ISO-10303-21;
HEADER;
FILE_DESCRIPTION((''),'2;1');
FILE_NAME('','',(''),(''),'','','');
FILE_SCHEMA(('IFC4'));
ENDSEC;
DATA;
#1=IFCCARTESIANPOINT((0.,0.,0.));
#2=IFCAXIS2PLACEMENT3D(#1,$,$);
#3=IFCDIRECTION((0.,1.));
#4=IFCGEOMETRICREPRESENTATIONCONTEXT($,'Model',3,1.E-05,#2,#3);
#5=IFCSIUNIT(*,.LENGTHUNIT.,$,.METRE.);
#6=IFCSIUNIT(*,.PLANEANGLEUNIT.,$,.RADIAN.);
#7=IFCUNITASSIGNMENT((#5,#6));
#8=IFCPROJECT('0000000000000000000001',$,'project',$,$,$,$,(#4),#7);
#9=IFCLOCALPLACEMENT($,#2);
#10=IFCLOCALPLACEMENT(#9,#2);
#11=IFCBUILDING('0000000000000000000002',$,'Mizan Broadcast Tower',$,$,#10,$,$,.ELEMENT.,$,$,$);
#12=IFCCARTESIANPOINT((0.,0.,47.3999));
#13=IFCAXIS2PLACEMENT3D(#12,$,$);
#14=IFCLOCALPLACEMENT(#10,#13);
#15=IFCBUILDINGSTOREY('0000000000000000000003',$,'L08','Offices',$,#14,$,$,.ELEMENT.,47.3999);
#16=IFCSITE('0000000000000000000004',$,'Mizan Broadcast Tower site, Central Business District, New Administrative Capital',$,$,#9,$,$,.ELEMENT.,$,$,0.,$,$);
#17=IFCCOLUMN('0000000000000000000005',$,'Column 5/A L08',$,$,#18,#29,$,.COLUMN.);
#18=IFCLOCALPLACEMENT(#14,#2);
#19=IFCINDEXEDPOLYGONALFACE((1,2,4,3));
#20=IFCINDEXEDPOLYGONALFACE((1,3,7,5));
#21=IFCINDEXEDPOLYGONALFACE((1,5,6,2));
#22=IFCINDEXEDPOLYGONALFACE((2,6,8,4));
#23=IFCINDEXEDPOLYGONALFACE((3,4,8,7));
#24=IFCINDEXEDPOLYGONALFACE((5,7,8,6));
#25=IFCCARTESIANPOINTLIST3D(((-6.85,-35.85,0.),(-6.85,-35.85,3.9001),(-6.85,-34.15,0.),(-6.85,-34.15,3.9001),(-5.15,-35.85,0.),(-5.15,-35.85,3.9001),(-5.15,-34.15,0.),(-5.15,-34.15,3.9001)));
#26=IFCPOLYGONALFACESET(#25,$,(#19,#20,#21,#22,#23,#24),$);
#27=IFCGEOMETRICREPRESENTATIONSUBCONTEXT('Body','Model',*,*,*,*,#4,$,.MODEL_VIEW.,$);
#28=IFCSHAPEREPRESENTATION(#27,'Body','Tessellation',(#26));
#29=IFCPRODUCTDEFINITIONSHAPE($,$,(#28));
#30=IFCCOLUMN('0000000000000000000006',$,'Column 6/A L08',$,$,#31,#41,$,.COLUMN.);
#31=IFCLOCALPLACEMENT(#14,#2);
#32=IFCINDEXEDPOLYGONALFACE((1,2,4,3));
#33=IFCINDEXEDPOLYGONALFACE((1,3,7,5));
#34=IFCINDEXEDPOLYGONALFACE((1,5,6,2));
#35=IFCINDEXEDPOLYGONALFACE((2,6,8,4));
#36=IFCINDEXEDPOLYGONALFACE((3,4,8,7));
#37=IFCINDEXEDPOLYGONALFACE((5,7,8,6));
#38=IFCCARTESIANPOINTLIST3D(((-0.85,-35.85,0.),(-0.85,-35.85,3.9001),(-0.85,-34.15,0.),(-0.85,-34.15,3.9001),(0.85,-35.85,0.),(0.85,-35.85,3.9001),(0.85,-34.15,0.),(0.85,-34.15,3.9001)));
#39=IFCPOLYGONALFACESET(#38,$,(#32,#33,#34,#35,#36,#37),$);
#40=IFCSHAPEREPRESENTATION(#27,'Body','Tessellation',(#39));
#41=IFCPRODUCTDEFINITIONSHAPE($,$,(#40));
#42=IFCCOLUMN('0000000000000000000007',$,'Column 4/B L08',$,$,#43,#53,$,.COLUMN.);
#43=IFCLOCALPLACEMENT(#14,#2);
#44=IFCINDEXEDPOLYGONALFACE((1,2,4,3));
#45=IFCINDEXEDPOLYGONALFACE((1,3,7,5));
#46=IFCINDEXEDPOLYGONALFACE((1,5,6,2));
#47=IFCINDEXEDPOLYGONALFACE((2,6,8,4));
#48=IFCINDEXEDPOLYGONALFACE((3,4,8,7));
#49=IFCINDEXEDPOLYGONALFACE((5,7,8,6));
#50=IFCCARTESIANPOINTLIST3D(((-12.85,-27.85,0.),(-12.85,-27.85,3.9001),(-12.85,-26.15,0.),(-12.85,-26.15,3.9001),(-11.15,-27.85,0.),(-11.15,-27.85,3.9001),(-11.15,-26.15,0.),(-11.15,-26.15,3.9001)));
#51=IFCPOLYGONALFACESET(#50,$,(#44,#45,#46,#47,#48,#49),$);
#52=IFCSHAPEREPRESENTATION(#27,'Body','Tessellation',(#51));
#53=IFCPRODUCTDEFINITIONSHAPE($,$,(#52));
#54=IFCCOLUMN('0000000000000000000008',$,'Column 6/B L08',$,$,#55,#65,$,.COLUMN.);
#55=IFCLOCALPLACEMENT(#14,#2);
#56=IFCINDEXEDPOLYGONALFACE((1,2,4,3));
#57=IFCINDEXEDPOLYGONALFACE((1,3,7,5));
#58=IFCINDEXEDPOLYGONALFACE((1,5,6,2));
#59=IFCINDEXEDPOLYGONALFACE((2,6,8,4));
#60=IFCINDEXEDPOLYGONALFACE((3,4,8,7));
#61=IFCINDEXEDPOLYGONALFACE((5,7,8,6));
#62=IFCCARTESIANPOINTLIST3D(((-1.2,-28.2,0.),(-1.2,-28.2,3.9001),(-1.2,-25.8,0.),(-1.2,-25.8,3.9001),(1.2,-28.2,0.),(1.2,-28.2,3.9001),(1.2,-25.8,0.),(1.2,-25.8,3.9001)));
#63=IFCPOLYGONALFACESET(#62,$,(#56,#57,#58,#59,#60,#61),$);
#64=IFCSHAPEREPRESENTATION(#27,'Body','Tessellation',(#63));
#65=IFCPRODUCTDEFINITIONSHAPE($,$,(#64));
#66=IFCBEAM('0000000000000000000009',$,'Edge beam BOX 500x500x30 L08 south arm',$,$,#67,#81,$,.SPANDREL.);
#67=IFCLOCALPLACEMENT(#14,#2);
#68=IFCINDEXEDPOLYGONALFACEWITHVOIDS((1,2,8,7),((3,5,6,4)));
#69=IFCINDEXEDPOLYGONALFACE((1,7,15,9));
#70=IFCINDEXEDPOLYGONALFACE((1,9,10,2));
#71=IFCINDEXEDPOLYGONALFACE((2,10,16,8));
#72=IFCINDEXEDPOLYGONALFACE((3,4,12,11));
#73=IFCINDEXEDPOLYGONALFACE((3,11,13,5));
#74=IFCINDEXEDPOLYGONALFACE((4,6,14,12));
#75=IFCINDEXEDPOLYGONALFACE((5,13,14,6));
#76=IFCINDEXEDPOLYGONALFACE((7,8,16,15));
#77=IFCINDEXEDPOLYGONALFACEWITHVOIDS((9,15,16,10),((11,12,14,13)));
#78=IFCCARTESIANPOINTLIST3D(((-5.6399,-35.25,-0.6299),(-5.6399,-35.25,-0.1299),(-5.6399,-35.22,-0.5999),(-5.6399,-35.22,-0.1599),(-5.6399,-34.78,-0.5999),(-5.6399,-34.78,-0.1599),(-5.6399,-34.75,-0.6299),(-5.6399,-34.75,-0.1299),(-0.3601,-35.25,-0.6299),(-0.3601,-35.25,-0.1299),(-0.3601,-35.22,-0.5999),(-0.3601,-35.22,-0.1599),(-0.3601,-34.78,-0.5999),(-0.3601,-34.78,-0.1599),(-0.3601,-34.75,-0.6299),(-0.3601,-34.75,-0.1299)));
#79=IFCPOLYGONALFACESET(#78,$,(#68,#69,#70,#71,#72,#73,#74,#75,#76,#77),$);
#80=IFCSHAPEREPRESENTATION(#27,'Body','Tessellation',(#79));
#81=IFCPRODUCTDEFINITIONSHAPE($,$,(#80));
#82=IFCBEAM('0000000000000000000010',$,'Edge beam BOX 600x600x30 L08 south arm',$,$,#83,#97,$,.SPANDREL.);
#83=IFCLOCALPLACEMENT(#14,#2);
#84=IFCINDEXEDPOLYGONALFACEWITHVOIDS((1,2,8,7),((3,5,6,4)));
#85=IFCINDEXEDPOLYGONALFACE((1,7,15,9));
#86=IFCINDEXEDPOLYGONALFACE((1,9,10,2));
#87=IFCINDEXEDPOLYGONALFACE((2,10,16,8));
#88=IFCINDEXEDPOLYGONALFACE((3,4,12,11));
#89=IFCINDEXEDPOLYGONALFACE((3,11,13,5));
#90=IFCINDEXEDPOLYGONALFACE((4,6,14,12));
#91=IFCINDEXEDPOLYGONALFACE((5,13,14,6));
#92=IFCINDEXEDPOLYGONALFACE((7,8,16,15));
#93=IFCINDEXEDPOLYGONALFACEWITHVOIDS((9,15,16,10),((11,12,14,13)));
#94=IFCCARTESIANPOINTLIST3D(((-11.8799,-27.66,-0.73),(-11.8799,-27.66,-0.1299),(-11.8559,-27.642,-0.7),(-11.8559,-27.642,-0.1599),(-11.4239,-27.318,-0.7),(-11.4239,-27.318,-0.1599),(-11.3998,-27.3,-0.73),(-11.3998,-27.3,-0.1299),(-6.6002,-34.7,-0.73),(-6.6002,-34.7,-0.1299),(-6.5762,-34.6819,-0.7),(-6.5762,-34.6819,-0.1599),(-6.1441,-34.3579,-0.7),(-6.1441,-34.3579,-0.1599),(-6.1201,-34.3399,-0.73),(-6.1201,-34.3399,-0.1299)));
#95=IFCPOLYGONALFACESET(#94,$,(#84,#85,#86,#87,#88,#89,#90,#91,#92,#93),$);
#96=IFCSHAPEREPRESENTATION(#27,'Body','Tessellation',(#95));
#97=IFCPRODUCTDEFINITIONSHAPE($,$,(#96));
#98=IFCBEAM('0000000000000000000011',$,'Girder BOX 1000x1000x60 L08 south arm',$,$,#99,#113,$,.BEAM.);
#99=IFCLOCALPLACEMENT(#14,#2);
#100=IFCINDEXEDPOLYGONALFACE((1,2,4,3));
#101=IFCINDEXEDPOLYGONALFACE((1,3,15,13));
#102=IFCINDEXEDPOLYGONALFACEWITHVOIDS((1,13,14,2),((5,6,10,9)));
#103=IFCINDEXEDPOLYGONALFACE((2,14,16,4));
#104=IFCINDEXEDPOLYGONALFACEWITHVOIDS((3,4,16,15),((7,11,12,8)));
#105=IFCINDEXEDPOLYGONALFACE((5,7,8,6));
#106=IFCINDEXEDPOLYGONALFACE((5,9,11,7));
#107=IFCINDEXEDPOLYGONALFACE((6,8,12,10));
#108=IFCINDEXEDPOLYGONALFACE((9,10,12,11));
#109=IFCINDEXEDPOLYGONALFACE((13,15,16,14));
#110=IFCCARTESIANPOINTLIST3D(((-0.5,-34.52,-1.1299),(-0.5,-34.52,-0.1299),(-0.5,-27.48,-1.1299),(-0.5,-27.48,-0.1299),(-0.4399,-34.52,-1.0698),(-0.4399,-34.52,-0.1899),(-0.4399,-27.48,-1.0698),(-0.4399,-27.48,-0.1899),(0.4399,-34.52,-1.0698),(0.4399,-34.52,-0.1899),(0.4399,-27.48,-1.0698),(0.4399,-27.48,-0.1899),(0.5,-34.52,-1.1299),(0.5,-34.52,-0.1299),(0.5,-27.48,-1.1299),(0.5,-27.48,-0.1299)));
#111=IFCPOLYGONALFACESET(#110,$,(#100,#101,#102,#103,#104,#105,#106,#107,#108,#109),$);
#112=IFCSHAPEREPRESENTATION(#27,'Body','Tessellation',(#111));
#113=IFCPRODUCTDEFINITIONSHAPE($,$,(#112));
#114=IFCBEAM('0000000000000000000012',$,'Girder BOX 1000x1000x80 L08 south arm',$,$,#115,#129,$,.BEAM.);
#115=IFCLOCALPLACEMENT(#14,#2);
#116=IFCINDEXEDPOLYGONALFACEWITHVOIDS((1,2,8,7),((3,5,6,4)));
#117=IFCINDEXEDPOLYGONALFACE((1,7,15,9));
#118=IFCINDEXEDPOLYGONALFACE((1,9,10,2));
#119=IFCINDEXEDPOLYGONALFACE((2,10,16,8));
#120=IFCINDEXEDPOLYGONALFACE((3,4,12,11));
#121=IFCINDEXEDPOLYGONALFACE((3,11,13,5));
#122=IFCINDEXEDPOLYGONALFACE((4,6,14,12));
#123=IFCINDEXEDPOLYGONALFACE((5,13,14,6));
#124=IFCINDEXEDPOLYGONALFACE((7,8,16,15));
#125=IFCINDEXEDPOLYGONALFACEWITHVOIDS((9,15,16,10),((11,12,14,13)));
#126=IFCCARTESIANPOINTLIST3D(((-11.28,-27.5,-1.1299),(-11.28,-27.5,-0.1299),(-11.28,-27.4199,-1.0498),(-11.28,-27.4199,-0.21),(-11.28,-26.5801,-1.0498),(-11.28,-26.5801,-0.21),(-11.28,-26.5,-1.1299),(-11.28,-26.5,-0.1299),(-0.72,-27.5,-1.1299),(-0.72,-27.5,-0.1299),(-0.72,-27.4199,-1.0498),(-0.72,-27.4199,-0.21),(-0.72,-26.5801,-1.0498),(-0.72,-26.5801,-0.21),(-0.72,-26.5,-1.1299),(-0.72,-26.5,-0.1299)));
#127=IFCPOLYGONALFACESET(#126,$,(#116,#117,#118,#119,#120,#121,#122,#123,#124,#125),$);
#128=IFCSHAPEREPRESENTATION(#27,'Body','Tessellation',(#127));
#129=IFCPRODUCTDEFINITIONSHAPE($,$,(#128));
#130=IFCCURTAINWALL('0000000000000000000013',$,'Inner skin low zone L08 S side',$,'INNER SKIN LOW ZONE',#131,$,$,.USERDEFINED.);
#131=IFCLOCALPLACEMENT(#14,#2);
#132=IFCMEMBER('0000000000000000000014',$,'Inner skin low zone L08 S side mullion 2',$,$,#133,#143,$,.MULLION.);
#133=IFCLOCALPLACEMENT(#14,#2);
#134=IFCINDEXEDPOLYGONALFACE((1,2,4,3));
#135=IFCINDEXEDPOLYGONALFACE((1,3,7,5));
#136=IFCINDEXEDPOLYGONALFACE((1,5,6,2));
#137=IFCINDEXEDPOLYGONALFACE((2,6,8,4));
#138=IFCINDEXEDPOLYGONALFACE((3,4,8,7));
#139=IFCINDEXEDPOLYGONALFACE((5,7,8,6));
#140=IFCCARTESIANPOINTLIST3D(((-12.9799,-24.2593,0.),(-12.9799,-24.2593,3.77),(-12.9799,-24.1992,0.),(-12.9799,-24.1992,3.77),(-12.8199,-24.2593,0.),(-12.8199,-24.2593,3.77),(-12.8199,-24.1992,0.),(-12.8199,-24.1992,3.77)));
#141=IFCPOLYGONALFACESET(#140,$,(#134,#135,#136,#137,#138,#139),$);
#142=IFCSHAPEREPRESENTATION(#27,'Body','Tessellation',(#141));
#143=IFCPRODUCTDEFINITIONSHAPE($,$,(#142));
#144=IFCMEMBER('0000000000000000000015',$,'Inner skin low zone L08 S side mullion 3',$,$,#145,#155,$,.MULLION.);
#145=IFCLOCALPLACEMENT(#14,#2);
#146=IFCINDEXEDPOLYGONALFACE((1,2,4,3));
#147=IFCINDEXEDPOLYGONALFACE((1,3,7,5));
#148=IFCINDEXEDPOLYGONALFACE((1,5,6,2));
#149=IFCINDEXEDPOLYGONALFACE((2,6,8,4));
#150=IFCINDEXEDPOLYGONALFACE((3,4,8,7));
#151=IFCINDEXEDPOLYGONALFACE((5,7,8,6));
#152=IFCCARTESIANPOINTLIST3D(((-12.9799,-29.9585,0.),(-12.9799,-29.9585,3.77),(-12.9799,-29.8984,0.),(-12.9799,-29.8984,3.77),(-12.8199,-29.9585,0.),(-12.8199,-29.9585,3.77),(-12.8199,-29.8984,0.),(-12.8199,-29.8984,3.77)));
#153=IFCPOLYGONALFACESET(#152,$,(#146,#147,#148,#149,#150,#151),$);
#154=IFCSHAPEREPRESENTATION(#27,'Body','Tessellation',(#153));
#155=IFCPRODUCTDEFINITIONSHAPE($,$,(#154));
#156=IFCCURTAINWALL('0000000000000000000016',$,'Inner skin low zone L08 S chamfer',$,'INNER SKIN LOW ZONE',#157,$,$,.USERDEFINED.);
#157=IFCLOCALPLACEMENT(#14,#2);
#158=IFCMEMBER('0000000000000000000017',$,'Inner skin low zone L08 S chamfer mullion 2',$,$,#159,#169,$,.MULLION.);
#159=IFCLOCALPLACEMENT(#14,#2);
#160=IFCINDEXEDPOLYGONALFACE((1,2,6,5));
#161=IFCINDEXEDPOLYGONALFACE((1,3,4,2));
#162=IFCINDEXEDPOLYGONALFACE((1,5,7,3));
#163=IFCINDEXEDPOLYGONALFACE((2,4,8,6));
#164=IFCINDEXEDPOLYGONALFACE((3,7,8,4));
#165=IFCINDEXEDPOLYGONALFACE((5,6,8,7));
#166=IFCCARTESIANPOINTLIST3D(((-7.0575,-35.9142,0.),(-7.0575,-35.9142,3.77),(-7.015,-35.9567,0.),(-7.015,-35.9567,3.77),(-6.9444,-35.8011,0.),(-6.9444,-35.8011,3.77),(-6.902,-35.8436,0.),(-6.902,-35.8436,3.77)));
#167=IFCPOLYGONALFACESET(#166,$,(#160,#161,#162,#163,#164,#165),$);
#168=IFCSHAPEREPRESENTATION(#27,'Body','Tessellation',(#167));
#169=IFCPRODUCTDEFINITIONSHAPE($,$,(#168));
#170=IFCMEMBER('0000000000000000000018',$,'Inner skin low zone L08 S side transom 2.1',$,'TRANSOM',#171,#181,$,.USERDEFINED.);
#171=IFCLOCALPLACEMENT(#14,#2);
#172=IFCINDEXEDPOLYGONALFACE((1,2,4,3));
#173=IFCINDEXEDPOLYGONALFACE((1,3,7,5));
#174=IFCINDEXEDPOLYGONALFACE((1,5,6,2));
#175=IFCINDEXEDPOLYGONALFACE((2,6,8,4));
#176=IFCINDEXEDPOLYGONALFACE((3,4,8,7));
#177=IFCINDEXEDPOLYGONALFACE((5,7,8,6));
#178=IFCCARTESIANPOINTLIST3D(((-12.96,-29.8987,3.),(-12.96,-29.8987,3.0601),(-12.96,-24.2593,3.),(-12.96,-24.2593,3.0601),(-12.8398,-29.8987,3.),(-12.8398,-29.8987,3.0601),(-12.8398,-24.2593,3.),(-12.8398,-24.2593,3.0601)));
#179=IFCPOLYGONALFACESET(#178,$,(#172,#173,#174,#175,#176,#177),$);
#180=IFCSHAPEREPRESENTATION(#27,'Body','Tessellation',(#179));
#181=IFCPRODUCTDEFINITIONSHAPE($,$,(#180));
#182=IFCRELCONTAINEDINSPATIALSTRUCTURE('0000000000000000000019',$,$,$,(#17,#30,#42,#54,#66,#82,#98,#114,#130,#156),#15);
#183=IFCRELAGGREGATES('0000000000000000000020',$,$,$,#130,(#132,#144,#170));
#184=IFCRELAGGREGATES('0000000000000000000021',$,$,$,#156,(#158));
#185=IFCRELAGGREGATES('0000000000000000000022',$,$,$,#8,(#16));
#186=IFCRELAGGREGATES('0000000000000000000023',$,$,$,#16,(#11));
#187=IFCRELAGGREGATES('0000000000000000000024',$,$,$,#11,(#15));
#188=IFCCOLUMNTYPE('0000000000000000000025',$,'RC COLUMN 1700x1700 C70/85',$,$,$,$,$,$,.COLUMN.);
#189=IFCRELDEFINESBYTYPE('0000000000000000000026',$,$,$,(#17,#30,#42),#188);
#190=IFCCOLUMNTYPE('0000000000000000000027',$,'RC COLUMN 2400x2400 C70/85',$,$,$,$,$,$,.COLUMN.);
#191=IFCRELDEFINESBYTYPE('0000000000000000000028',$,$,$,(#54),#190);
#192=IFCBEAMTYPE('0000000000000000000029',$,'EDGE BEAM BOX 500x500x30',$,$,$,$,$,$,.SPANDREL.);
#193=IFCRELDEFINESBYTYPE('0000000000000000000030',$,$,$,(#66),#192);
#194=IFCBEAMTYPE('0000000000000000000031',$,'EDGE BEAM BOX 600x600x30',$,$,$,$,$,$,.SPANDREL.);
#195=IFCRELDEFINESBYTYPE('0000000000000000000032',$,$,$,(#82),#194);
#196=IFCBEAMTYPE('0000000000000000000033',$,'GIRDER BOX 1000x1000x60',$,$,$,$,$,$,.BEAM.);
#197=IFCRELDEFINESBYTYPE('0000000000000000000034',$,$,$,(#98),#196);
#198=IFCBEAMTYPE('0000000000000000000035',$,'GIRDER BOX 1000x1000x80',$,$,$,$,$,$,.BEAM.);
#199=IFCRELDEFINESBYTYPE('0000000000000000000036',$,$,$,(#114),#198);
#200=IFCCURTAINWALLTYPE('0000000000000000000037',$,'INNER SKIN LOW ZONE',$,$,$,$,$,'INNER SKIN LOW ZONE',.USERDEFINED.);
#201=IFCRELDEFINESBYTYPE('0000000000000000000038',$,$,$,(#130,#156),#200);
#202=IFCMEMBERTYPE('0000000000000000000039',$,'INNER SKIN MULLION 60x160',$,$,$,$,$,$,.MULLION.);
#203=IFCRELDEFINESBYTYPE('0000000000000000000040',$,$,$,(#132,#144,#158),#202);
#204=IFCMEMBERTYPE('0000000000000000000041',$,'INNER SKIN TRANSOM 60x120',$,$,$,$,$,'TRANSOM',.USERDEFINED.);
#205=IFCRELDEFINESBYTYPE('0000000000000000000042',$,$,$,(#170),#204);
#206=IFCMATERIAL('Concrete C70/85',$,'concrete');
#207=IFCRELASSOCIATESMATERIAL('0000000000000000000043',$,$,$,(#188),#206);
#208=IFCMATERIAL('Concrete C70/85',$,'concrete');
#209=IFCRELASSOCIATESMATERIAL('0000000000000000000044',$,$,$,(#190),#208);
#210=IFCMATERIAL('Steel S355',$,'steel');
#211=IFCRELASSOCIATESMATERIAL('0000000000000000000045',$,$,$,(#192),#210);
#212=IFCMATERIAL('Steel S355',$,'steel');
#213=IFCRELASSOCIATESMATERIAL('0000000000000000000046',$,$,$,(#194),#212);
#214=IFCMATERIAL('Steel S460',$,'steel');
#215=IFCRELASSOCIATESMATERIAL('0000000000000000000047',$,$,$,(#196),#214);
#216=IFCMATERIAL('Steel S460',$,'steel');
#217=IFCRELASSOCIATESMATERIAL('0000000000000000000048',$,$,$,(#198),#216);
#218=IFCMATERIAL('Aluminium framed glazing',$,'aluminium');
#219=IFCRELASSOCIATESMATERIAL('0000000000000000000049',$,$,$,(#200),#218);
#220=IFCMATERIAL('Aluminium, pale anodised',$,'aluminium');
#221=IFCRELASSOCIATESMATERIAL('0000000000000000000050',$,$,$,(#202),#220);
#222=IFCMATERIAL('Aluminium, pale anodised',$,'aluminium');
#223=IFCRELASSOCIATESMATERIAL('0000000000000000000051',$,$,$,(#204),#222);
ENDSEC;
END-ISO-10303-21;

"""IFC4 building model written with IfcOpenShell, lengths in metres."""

from ifc_helpers import new_model, si_unit, direction, frame, origin, origin_2d, place, context, subcontext, project, spatial, rectangle, hollow_rectangle, extrude, material, material_profile, profile_set, type_object, element, aggregate, save


model = new_model("IFC4")

# Units and contexts
model_context = context("Model", 3, precision=1e-05, world=origin(), true_north=direction((0.0, 1.0)))
body_context = subcontext(model_context, "Body", "Model", "MODEL_VIEW")
ifc_project = project(units=[si_unit("LENGTHUNIT", "METRE"), si_unit("PLANEANGLEUNIT", "RADIAN")], contexts=[model_context])

# Site, building, storey
site_placement = place(None, origin())
site = spatial("IfcSite", under=ifc_project, at=site_placement, Name="Mizan Broadcast Tower site, Central Business District, New Administrative Capital", CompositionType="ELEMENT", RefElevation=0.0)
building_placement = place(site_placement, origin())
building = spatial("IfcBuilding", under=site, at=building_placement, Name="Mizan Broadcast Tower", CompositionType="ELEMENT")
storey_placement = place(building_placement, frame((0.0, 0.0, 47.3999)))
storey = spatial("IfcBuildingStorey", under=building, at=storey_placement, Name="L08", Description="Offices", CompositionType="ELEMENT", Elevation=47.3999)

# Columns
ifc_material_1 = material(Name="Concrete C70/85", Category="concrete")
ifc_material_profile_1 = material_profile(ifc_material_1, rectangle(XDim=1.7, YDim=1.7, at=origin_2d()), Name="RC 1700x1700")
ifc_profile_set_1 = profile_set([ifc_material_profile_1], Name="Concrete C70/85")
column_type_1 = type_object("IfcColumnType", Name="RC COLUMN 1700x1700 C70/85", PredefinedType="COLUMN", material=ifc_profile_set_1)
for number, where, z_axis, x_axis, name in (
    (1, (-6.0, -35.0, 0.0), (0.0, 0.0, 1.0), (1.0, 0.0, 0.0), "Column 5/A L08"),
    (2, (0.0, -35.0, 0.0), (0.0, 0.0, 1.0), (1.0, 0.0, 0.0), "Column 6/A L08"),
    (3, (-12.0, -27.0, 0.0), (0.0, 0.0, 1.0), (1.0, 0.0, 0.0), "Column 4/B L08"),
):
    element("IfcColumn", number, at=place(storey_placement, frame(where, z_axis=z_axis, x_axis=x_axis)), inside=storey, type_object=column_type_1, Name=name, PredefinedType="COLUMN", context=body_context, shape_type="SweptSolid", body=[
        extrude(rectangle(XDim=1.7, YDim=1.7, at=origin_2d()), origin(), (0.0, 0.0, 1.0), 3.9001),
    ])
ifc_material_2 = material(Name="Concrete C70/85", Category="concrete")
ifc_material_profile_2 = material_profile(ifc_material_2, rectangle(XDim=2.3999, YDim=2.3999, at=origin_2d()), Name="RC 2400x2400")
ifc_profile_set_2 = profile_set([ifc_material_profile_2], Name="Concrete C70/85")
column_type_2 = type_object("IfcColumnType", Name="RC COLUMN 2400x2400 C70/85", PredefinedType="COLUMN", material=ifc_profile_set_2)
column_placement = place(storey_placement, frame((0.0, -27.0, 0.0), z_axis=(0.0, 0.0, 1.0), x_axis=(1.0, 0.0, 0.0)))
element("IfcColumn", 4, at=column_placement, inside=storey, type_object=column_type_2, Name="Column 6/B L08", PredefinedType="COLUMN", context=body_context, shape_type="SweptSolid", body=[
    extrude(rectangle(XDim=2.3999, YDim=2.3999, at=origin_2d()), origin(), (0.0, 0.0, 1.0), 3.9001),
])

# Beams
ifc_material_3 = material(Name="Steel S355", Category="steel")
ifc_material_profile_3 = material_profile(ifc_material_3, hollow_rectangle(XDim=0.5, YDim=0.5, WallThickness=0.03, at=origin_2d()), Name="BOX 500x500x30")
ifc_profile_set_3 = profile_set([ifc_material_profile_3], Name="Steel S355")
beam_type_1 = type_object("IfcBeamType", Name="EDGE BEAM BOX 500x500x30", PredefinedType="SPANDREL", material=ifc_profile_set_3)
beam_1_placement = place(storey_placement, frame((-5.6399, -35.0, -0.3799), z_axis=(1.0, 0.0, 0.0), x_axis=(0.0, 1.0, 0.0)))
element("IfcBeam", 5, at=beam_1_placement, inside=storey, type_object=beam_type_1, Name="Edge beam BOX 500x500x30 L08 south arm", PredefinedType="SPANDREL", context=body_context, shape_type="SweptSolid", body=[
    extrude(hollow_rectangle(XDim=0.5, YDim=0.5, WallThickness=0.03, at=origin_2d()), origin(), (0.0, 0.0, 1.0), 5.2798),
])
ifc_material_4 = material(Name="Steel S355", Category="steel")
ifc_material_profile_4 = material_profile(ifc_material_4, hollow_rectangle(XDim=0.6001, YDim=0.6001, WallThickness=0.03, at=origin_2d()), Name="BOX 600x600x30")
ifc_profile_set_4 = profile_set([ifc_material_profile_4], Name="Steel S355")
beam_type_2 = type_object("IfcBeamType", Name="EDGE BEAM BOX 600x600x30", PredefinedType="SPANDREL", material=ifc_profile_set_4)
beam_2_placement = place(storey_placement, frame((-11.6399, -27.48, -0.4299), z_axis=(0.599982, -0.800013, 0.0), x_axis=(0.800013, 0.599982, 0.0)))
element("IfcBeam", 6, at=beam_2_placement, inside=storey, type_object=beam_type_2, Name="Edge beam BOX 600x600x30 L08 south arm", PredefinedType="SPANDREL", context=body_context, shape_type="SweptSolid", body=[
    extrude(hollow_rectangle(XDim=0.6001, YDim=0.6001, WallThickness=0.03, at=origin_2d()), origin(), (0.0, 0.0, 1.0), 8.7998),
])
ifc_material_5 = material(Name="Steel S460", Category="steel")
ifc_material_profile_5 = material_profile(ifc_material_5, hollow_rectangle(XDim=1.0, YDim=1.0, WallThickness=0.0601, at=origin_2d()), Name="BOX 1000x1000x60")
ifc_profile_set_5 = profile_set([ifc_material_profile_5], Name="Steel S460")
beam_type_3 = type_object("IfcBeamType", Name="GIRDER BOX 1000x1000x60", PredefinedType="BEAM", material=ifc_profile_set_5)
beam_3_placement = place(storey_placement, frame((0.0, -27.48, -0.6299), z_axis=(0.0, -1.0, 0.0), x_axis=(1.0, 0.0, 0.0)))
element("IfcBeam", 7, at=beam_3_placement, inside=storey, type_object=beam_type_3, Name="Girder BOX 1000x1000x60 L08 south arm", PredefinedType="BEAM", context=body_context, shape_type="SweptSolid", body=[
    extrude(hollow_rectangle(XDim=1.0, YDim=1.0, WallThickness=0.0601, at=origin_2d()), origin(), (0.0, 0.0, 1.0), 7.04),
])
ifc_material_6 = material(Name="Steel S460", Category="steel")
ifc_material_profile_6 = material_profile(ifc_material_6, hollow_rectangle(XDim=1.0, YDim=1.0, WallThickness=0.0801, at=origin_2d()), Name="BOX 1000x1000x80")
ifc_profile_set_6 = profile_set([ifc_material_profile_6], Name="Steel S460")
beam_type_4 = type_object("IfcBeamType", Name="GIRDER BOX 1000x1000x80", PredefinedType="BEAM", material=ifc_profile_set_6)
beam_4_placement = place(storey_placement, frame((-11.28, -27.0, -0.6299), z_axis=(1.0, 0.0, 0.0), x_axis=(0.0, 1.0, 0.0)))
element("IfcBeam", 8, at=beam_4_placement, inside=storey, type_object=beam_type_4, Name="Girder BOX 1000x1000x80 L08 south arm", PredefinedType="BEAM", context=body_context, shape_type="SweptSolid", body=[
    extrude(hollow_rectangle(XDim=1.0, YDim=1.0, WallThickness=0.0801, at=origin_2d()), origin(), (0.0, 0.0, 1.0), 10.5601),
])

# Curtain wall, members
ifc_material_7 = material(Name="Aluminium framed glazing", Category="aluminium")
curtain_wall_type_1 = type_object("IfcCurtainWallType", Name="INNER SKIN LOW ZONE", ElementType="INNER SKIN LOW ZONE", PredefinedType="USERDEFINED", material=ifc_material_7)
curtain_wall_1_placement = place(storey_placement, origin())
curtain_wall_1 = element("IfcCurtainWall", 9, at=curtain_wall_1_placement, inside=storey, type_object=curtain_wall_type_1, Name="Inner skin low zone L08 S side", ObjectType="INNER SKIN LOW ZONE", PredefinedType="USERDEFINED")
ifc_material_8 = material(Name="Aluminium, pale anodised", Category="aluminium")
ifc_material_profile_7 = material_profile(ifc_material_8, rectangle(XDim=0.1599, YDim=0.0601, at=origin_2d()), Name="MULLION 160x60")
ifc_profile_set_7 = profile_set([ifc_material_profile_7], Name="Aluminium, pale anodised")
member_type_1 = type_object("IfcMemberType", Name="INNER SKIN MULLION 60x160", PredefinedType="MULLION", material=ifc_profile_set_7)
member_1_placement = place(storey_placement, frame((-12.8999, -24.2292, 0.0), z_axis=(0.0, 0.0, 1.0), x_axis=(1.0, 0.0, 0.0)))
member_1 = element("IfcMember", 10, at=member_1_placement, type_object=member_type_1, Name="Inner skin low zone L08 S side mullion 2", PredefinedType="MULLION", context=body_context, shape_type="SweptSolid", body=[
    extrude(rectangle(XDim=0.1599, YDim=0.0601, at=origin_2d()), origin(), (0.0, 0.0, 1.0), 3.77),
])
member_2_placement = place(storey_placement, frame((-12.8999, -29.9285, 0.0), z_axis=(0.0, 0.0, 1.0), x_axis=(1.0, 0.0, 0.0)))
member_2 = element("IfcMember", 11, at=member_2_placement, type_object=member_type_1, Name="Inner skin low zone L08 S side mullion 3", PredefinedType="MULLION", context=body_context, shape_type="SweptSolid", body=[
    extrude(rectangle(XDim=0.1599, YDim=0.0601, at=origin_2d()), origin(), (0.0, 0.0, 1.0), 3.77),
])

# Curtain wall, member
curtain_wall_2_placement = place(storey_placement, origin())
curtain_wall_2 = element("IfcCurtainWall", 12, at=curtain_wall_2_placement, inside=storey, type_object=curtain_wall_type_1, Name="Inner skin low zone L08 S chamfer", ObjectType="INNER SKIN LOW ZONE", PredefinedType="USERDEFINED")
member_3_placement = place(storey_placement, frame((-6.9797, -35.8789, 0.0), z_axis=(0.0, 0.0, 1.0), x_axis=(0.707107, 0.707107, 0.0)))
member_3 = element("IfcMember", 13, at=member_3_placement, type_object=member_type_1, Name="Inner skin low zone L08 S chamfer mullion 2", PredefinedType="MULLION", context=body_context, shape_type="SweptSolid", body=[
    extrude(rectangle(XDim=0.1599, YDim=0.0601, at=origin_2d()), origin(), (0.0, 0.0, 1.0), 3.77),
])

# Member
ifc_material_9 = material(Name="Aluminium, pale anodised", Category="aluminium")
ifc_material_profile_8 = material_profile(ifc_material_9, rectangle(XDim=0.1201, YDim=0.0601, at=origin_2d()), Name="TRANSOM 120x60")
ifc_profile_set_8 = profile_set([ifc_material_profile_8], Name="Aluminium, pale anodised")
member_type_2 = type_object("IfcMemberType", Name="INNER SKIN TRANSOM 60x120", ElementType="TRANSOM", PredefinedType="USERDEFINED", material=ifc_profile_set_8)
member_4_placement = place(storey_placement, frame((-12.8999, -24.2593, 3.03), z_axis=(0.0, -1.0, 0.0), x_axis=(1.0, 0.0, 0.0)))
member_4 = element("IfcMember", 14, at=member_4_placement, type_object=member_type_2, Name="Inner skin low zone L08 S side transom 2.1", ObjectType="TRANSOM", PredefinedType="USERDEFINED", context=body_context, shape_type="SweptSolid", body=[
    extrude(rectangle(XDim=0.1201, YDim=0.0601, at=origin_2d()), origin(), (0.0, 0.0, 1.0), 5.6394),
])

aggregate(curtain_wall_1, [member_1, member_2, member_4])
aggregate(curtain_wall_2, [member_3])

save(model, "model.ifc")
